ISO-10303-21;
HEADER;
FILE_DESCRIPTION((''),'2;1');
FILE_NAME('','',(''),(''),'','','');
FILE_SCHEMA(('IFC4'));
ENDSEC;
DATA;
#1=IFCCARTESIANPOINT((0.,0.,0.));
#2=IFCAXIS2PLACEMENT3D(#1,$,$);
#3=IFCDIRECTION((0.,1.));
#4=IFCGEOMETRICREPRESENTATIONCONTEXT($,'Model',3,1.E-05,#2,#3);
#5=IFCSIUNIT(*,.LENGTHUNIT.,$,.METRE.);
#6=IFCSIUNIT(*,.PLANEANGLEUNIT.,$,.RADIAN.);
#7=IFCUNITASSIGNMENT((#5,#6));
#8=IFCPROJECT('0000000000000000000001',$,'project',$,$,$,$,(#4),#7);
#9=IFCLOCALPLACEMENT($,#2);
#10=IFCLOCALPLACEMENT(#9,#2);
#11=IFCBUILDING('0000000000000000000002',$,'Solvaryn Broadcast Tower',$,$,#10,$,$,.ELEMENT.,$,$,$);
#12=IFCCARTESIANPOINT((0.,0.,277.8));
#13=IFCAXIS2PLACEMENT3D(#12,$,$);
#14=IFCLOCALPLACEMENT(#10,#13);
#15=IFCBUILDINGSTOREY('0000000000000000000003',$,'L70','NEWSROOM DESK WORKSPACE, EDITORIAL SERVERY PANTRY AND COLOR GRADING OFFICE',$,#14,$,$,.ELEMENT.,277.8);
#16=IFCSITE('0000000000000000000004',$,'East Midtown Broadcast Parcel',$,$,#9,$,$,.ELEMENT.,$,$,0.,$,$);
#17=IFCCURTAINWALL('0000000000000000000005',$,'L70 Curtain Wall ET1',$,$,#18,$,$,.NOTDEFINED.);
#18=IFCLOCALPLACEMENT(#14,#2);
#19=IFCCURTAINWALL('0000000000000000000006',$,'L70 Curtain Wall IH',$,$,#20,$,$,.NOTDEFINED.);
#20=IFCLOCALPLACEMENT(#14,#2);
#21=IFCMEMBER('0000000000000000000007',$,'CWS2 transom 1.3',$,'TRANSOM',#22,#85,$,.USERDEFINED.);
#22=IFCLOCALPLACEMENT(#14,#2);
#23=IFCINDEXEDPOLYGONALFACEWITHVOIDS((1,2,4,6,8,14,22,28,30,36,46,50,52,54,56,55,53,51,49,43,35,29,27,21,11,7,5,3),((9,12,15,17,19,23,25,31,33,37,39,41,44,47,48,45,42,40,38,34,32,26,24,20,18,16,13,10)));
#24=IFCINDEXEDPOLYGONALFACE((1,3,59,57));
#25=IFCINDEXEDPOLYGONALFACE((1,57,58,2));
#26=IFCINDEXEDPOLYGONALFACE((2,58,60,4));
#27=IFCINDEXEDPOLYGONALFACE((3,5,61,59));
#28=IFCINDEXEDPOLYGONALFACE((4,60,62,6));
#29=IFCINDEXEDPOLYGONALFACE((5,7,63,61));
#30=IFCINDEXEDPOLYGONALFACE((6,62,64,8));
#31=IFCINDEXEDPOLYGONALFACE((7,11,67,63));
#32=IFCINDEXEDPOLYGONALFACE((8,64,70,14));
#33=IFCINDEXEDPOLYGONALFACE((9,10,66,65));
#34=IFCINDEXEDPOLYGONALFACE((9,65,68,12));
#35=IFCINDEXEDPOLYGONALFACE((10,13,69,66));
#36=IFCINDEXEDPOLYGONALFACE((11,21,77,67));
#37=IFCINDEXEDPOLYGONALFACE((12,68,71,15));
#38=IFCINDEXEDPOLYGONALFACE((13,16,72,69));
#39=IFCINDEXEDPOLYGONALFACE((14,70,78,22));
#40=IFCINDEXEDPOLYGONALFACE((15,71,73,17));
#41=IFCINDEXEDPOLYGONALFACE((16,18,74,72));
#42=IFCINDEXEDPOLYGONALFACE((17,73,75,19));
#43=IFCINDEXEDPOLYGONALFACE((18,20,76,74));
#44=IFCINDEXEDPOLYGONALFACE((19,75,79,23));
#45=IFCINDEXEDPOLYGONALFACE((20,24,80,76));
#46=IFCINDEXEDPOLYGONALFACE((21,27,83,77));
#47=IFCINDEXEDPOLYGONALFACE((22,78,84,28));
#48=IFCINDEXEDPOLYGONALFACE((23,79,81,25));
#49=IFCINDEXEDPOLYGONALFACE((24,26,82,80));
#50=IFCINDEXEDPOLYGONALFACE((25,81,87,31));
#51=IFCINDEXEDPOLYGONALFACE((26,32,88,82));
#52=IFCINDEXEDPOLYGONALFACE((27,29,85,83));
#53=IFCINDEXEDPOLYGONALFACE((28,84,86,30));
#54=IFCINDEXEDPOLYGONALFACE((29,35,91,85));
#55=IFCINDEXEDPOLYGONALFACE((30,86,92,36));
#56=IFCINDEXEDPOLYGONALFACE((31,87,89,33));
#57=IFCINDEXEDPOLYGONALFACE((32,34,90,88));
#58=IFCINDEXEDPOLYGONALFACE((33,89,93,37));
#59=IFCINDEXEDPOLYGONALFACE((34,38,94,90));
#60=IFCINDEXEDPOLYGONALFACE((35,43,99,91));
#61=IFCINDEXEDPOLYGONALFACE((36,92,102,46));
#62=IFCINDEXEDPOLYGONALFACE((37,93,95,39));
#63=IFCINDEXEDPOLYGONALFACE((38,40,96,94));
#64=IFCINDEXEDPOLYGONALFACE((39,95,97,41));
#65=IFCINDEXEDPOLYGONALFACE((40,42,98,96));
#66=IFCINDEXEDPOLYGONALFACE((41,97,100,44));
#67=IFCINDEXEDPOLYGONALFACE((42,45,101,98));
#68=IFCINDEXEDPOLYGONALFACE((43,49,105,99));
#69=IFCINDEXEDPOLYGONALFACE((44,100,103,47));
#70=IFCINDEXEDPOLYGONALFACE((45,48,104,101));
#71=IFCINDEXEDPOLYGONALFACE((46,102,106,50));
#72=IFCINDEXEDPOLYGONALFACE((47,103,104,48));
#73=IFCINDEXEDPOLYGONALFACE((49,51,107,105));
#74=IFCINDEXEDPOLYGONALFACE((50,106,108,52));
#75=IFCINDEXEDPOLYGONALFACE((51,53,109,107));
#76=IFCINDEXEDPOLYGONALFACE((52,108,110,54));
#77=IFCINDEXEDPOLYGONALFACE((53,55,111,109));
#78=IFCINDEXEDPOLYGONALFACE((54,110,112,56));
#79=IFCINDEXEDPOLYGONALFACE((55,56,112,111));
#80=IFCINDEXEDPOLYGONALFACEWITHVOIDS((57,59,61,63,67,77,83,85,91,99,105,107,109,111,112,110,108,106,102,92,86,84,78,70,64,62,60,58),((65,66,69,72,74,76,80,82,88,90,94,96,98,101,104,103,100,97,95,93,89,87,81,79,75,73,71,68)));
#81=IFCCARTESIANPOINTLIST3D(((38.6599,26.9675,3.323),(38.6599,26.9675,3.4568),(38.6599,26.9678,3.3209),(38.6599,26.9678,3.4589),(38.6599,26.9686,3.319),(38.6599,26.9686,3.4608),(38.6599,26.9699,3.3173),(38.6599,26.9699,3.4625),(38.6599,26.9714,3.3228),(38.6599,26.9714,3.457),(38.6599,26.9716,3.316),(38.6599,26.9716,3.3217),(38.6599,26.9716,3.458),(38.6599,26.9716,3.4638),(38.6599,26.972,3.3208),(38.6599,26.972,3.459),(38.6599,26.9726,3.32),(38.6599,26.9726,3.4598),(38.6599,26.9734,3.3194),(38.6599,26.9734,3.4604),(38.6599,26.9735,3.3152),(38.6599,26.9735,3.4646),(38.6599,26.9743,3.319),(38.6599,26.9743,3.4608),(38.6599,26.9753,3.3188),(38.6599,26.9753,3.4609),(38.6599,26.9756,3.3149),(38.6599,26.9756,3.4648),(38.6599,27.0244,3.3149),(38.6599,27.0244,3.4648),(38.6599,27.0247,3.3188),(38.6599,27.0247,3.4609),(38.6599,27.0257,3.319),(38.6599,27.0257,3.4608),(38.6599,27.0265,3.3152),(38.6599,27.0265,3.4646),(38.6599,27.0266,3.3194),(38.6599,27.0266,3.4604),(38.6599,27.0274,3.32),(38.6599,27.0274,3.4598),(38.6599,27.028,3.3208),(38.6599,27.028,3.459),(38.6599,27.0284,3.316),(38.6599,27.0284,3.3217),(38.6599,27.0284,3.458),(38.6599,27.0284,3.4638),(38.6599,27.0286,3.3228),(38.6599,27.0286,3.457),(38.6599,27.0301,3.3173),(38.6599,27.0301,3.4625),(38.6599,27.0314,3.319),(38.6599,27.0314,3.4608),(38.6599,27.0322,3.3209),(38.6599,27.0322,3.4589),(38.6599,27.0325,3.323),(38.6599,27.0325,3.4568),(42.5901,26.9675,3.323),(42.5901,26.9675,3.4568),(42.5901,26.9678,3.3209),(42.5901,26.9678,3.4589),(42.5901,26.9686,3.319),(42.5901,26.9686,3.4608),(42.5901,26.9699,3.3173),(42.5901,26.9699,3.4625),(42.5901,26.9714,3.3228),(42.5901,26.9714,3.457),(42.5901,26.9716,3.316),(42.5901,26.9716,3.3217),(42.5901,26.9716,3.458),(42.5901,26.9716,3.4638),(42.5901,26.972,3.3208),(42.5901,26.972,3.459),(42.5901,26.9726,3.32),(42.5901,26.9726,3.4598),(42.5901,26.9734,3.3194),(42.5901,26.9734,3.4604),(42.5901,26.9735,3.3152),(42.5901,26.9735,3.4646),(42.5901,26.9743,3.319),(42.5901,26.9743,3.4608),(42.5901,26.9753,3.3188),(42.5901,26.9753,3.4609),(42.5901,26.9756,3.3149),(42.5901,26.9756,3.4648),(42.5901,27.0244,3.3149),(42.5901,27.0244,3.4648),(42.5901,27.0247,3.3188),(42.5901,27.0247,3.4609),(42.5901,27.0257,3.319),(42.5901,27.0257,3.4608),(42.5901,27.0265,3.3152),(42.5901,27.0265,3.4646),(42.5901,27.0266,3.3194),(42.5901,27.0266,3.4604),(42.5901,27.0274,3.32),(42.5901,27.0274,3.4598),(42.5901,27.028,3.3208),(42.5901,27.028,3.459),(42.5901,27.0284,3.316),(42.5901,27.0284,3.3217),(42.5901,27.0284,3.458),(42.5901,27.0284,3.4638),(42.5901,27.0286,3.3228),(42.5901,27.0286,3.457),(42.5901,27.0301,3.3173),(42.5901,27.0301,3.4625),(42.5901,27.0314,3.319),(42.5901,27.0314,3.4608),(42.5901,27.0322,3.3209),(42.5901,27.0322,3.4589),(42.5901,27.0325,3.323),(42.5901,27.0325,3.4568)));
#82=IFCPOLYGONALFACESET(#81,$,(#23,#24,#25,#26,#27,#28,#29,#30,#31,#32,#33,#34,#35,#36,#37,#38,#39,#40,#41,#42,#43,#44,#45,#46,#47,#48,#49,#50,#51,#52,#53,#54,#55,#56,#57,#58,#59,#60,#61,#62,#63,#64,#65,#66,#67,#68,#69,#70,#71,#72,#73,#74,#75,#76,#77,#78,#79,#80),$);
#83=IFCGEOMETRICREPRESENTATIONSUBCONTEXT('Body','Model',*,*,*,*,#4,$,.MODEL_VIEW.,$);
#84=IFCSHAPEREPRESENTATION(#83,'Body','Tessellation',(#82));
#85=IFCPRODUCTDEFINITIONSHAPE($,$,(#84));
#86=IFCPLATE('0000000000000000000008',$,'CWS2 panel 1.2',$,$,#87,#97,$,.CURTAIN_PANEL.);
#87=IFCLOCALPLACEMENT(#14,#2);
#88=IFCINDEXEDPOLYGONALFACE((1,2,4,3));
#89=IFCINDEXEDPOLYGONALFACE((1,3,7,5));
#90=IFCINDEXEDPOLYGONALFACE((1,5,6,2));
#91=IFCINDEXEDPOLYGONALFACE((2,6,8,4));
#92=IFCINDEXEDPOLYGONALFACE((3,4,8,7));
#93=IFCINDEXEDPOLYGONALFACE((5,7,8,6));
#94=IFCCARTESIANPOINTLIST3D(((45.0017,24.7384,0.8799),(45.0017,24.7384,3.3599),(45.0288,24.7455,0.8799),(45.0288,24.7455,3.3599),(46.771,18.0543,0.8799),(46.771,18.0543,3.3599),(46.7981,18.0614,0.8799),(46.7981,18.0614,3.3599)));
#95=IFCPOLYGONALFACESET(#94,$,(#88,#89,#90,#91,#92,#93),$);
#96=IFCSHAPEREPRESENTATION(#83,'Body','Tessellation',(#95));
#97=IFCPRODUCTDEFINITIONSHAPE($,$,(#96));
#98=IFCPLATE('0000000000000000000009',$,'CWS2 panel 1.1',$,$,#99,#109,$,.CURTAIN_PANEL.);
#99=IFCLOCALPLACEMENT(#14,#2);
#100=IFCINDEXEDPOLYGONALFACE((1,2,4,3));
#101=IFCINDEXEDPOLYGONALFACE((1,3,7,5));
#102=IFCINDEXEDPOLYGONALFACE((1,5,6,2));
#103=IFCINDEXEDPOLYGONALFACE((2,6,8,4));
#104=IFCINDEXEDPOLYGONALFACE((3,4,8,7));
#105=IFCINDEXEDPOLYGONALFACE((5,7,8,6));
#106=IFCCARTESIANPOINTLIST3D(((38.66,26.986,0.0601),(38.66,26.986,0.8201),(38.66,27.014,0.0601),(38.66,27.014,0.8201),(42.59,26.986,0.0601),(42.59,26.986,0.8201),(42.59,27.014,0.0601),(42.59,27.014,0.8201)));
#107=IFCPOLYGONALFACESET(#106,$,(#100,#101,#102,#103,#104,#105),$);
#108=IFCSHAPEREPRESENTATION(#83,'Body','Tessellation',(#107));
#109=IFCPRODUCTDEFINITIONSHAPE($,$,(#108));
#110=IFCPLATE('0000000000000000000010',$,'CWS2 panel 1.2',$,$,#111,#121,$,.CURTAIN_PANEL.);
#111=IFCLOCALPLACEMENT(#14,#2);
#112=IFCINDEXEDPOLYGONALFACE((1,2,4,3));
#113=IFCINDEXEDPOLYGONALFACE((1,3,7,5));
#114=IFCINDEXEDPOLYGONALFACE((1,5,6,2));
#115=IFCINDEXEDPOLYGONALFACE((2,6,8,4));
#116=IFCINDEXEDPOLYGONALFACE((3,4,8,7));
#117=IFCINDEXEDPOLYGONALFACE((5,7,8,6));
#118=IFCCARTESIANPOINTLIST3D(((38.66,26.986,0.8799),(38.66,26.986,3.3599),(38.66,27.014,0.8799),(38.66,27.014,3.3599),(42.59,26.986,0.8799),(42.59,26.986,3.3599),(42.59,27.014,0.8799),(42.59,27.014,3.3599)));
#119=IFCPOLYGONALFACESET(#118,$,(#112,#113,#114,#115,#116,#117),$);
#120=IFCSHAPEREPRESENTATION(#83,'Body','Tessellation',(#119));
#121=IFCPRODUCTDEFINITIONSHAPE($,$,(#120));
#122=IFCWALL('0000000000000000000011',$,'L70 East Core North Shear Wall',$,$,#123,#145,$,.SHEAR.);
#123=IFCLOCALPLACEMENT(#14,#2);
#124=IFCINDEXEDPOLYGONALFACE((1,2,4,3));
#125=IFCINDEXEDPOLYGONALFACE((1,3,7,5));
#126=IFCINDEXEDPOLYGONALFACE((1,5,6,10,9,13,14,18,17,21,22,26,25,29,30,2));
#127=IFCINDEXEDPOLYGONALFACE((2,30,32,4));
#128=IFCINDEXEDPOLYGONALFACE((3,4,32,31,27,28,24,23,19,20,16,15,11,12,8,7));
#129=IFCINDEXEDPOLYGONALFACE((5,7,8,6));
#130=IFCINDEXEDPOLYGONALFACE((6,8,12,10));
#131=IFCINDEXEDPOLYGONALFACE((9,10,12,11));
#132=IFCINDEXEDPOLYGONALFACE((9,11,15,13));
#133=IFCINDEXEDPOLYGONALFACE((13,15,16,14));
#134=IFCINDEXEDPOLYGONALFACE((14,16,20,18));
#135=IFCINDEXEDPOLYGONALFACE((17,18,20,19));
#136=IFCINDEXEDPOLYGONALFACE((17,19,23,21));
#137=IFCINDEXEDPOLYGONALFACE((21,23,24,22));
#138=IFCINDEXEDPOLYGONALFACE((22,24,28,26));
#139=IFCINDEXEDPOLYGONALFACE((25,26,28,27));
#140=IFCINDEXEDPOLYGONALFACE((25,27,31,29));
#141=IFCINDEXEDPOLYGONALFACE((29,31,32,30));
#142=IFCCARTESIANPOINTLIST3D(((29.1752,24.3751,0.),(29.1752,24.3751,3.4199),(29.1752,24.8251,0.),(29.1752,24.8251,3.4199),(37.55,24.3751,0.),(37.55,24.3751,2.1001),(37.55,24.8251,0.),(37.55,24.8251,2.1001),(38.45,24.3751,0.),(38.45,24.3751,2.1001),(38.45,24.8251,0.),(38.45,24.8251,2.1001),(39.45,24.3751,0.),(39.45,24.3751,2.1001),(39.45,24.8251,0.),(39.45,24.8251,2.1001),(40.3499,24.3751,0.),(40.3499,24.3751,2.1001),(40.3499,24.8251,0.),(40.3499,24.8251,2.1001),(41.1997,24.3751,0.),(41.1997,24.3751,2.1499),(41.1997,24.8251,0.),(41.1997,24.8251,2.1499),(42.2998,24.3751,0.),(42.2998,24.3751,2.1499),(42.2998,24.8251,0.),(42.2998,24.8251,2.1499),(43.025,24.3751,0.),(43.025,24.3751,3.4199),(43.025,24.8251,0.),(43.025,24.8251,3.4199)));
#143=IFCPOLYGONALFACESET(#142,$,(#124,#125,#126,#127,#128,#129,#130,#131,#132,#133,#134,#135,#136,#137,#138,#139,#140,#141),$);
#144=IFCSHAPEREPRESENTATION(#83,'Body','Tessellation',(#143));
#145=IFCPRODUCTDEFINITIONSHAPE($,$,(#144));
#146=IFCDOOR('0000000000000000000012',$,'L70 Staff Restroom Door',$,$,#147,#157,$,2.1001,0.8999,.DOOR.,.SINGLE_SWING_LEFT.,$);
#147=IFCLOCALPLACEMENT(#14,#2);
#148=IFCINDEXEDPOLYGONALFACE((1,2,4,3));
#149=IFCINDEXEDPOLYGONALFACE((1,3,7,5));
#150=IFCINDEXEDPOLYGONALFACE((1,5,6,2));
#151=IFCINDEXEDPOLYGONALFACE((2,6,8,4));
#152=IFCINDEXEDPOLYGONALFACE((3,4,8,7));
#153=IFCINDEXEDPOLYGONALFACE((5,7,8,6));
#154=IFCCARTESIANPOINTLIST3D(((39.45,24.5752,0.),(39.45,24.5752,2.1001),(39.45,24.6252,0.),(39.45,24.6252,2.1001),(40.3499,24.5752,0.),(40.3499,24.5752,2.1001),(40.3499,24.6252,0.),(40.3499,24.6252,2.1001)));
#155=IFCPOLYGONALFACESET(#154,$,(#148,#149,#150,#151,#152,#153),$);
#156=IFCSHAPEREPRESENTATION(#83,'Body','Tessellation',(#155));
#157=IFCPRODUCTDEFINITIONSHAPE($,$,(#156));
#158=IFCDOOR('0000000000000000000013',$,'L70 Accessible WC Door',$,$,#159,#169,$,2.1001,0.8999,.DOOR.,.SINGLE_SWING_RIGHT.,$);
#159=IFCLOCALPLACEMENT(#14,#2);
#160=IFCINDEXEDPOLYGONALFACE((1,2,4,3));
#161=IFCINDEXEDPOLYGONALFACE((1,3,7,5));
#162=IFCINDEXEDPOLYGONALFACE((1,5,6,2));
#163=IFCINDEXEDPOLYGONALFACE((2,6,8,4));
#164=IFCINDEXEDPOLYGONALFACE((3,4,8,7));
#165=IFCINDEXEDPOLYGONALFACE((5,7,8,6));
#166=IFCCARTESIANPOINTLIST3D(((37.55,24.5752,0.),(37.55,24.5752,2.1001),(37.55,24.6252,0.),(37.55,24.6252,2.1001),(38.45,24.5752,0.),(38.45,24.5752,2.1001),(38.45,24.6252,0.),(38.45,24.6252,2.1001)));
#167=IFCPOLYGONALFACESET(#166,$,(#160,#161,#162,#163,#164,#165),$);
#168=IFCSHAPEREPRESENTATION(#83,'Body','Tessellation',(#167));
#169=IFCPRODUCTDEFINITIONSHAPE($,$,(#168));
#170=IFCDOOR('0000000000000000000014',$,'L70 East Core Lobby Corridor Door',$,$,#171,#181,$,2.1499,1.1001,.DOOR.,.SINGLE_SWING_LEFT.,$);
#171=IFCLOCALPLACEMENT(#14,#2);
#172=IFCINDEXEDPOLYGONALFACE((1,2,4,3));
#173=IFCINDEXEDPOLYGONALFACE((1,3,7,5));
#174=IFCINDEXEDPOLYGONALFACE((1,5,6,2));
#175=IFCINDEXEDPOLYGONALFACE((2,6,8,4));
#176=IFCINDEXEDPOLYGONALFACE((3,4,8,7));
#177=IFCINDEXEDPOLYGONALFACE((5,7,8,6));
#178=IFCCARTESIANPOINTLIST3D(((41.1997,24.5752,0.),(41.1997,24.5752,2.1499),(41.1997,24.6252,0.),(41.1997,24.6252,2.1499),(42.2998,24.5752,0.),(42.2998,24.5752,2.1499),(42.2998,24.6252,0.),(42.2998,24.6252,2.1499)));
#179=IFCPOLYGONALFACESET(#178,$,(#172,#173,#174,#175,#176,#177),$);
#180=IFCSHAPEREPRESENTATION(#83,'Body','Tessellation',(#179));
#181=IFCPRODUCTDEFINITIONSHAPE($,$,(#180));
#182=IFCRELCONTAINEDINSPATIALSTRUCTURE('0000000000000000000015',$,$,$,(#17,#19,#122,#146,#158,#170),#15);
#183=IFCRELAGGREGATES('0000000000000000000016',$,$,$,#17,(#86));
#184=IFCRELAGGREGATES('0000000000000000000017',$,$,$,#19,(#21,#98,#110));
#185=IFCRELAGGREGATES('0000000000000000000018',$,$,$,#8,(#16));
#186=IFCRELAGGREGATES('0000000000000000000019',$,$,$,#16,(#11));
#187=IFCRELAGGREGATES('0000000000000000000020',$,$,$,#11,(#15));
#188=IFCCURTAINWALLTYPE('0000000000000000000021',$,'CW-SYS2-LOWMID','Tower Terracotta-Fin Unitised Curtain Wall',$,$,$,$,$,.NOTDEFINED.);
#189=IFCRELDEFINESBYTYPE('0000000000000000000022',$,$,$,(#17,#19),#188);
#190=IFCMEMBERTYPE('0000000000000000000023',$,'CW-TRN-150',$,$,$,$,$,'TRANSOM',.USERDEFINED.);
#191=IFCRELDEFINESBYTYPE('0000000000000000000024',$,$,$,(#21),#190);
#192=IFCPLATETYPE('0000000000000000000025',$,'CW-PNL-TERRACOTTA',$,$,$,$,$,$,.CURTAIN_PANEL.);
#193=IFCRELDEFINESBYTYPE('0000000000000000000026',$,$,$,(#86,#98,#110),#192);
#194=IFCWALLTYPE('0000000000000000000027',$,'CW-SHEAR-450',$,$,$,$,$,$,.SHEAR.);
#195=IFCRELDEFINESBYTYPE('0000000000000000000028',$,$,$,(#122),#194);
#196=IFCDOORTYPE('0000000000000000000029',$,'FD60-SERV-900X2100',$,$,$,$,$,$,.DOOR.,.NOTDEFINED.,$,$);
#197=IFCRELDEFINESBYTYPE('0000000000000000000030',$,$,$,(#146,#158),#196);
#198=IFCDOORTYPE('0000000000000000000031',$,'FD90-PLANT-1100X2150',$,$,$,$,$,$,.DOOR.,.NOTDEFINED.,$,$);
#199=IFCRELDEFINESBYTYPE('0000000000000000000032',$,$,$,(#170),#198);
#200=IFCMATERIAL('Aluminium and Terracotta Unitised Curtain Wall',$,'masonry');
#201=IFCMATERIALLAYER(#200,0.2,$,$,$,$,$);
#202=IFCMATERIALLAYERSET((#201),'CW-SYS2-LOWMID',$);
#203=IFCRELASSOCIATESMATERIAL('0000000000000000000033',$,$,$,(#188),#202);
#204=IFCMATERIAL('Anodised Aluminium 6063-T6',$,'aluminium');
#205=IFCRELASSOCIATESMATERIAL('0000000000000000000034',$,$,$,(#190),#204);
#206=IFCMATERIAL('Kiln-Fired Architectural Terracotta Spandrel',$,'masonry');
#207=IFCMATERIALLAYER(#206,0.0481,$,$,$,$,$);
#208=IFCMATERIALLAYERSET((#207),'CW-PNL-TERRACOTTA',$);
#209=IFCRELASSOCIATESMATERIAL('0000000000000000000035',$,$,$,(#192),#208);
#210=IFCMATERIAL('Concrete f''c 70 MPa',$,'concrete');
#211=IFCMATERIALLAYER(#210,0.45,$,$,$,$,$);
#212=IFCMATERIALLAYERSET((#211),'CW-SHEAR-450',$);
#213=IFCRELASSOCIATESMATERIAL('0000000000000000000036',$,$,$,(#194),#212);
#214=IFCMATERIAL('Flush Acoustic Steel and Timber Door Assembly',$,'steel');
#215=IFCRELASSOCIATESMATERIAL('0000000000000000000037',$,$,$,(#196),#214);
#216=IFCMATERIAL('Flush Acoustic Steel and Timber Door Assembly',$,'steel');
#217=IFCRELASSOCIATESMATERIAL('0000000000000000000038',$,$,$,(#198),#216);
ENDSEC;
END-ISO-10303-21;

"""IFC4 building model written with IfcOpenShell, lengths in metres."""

from ifc_helpers import new_model, si_unit, direction, frame, frame_2d, origin, origin_2d, place, context, subcontext, project, spatial, rectangle, hollow_rectangle, extrude, material, layer, layer_set, material_profile, profile_set, type_object, element, fill, aggregate, save


model = new_model("IFC4")

# Units and contexts
model_context = context("Model", 3, precision=1e-05, world=origin(), true_north=direction((0.0, 1.0)))
body_context = subcontext(model_context, "Body", "Model", "MODEL_VIEW")
ifc_project = project(units=[si_unit("LENGTHUNIT", "METRE"), si_unit("PLANEANGLEUNIT", "RADIAN")], contexts=[model_context])

# Site, building, storey
site_placement = place(None, origin())
site = spatial("IfcSite", under=ifc_project, at=site_placement, Name="East Midtown Broadcast Parcel", CompositionType="ELEMENT", RefElevation=0.0)
building_placement = place(site_placement, origin())
building = spatial("IfcBuilding", under=site, at=building_placement, Name="Solvaryn Broadcast Tower", CompositionType="ELEMENT")
storey_placement = place(building_placement, frame((0.0, 0.0, 277.8)))
storey = spatial("IfcBuildingStorey", under=building, at=storey_placement, Name="L70", Description="NEWSROOM DESK WORKSPACE, EDITORIAL SERVERY PANTRY AND COLOR GRADING OFFICE", CompositionType="ELEMENT", Elevation=277.8)

# Curtain wall
ifc_material_1 = material(Name="Aluminium and Terracotta Unitised Curtain Wall", Category="masonry")
ifc_layer_1 = layer(ifc_material_1, 0.2)
ifc_layer_set_1 = layer_set([ifc_layer_1], Name="CW-SYS2-LOWMID")
curtain_wall_type = type_object("IfcCurtainWallType", Name="CW-SYS2-LOWMID", Description="Tower Terracotta-Fin Unitised Curtain Wall", PredefinedType="NOTDEFINED", material=ifc_layer_set_1)
curtain_wall_1_placement = place(storey_placement, origin())
curtain_wall_1 = element("IfcCurtainWall", 1, at=curtain_wall_1_placement, inside=storey, type_object=curtain_wall_type, Name="L70 Curtain Wall ET1", PredefinedType="NOTDEFINED")

# Curtain wall
curtain_wall_2_placement = place(storey_placement, origin())
curtain_wall_2 = element("IfcCurtainWall", 2, at=curtain_wall_2_placement, inside=storey, type_object=curtain_wall_type, Name="L70 Curtain Wall IH", PredefinedType="NOTDEFINED")

# Member
ifc_material_2 = material(Name="Anodised Aluminium 6063-T6", Category="aluminium")
ifc_material_profile_1 = material_profile(ifc_material_2, hollow_rectangle(XDim=0.0649, YDim=0.1499, WallThickness=0.0039, InnerFilletRadius=0.0039, OuterFilletRadius=0.0081, at=origin_2d()))
ifc_profile_set_1 = profile_set([ifc_material_profile_1], Name="Anodised Aluminium 6063-T6")
member_type_1 = type_object("IfcMemberType", Name="CW-TRN-150", ElementType="TRANSOM", PredefinedType="USERDEFINED", material=ifc_profile_set_1)
member_1_placement = place(storey_placement, frame((38.6599, 27.0, 3.3899), z_axis=(1.0, 0.0, 0.0), x_axis=(0.0, 1.0, 0.0)))
member_1 = element("IfcMember", 3, at=member_1_placement, type_object=member_type_1, Name="CWS2 transom 1.3", ObjectType="TRANSOM", PredefinedType="USERDEFINED", context=body_context, shape_type="SweptSolid", body=[
    extrude(hollow_rectangle(XDim=0.0649, YDim=0.1499, WallThickness=0.0039, InnerFilletRadius=0.0039, OuterFilletRadius=0.0081, at=origin_2d()), origin(), (0.0, 0.0, 1.0), 3.9302),
])

# Plates
ifc_material_3 = material(Name="Kiln-Fired Architectural Terracotta Spandrel", Category="masonry")
ifc_layer_2 = layer(ifc_material_3, 0.0481)
ifc_layer_set_2 = layer_set([ifc_layer_2], Name="CW-PNL-TERRACOTTA")
plate_type = type_object("IfcPlateType", Name="CW-PNL-TERRACOTTA", PredefinedType="CURTAIN_PANEL", material=ifc_layer_set_2)
plate_1_placement = place(storey_placement, frame((45.8999, 21.3999, 0.8799), z_axis=(0.0, 0.0, 1.0), x_axis=(0.255893, -0.966705, 0.0)))
plate_1 = element("IfcPlate", 4, at=plate_1_placement, type_object=plate_type, Name="CWS2 panel 1.2", PredefinedType="CURTAIN_PANEL", context=body_context, shape_type="SweptSolid", body=[
    extrude(rectangle(XDim=6.9143, YDim=0.0281, at=origin_2d()), origin(), (0.0, 0.0, 1.0), 2.48),
])
aggregate(curtain_wall_1, [plate_1])
plate_2_placement = place(storey_placement, frame((40.625, 27.0, 0.0601), z_axis=(0.0, 0.0, 1.0), x_axis=(1.0, 0.0, 0.0)))
plate_2 = element("IfcPlate", 5, at=plate_2_placement, type_object=plate_type, Name="CWS2 panel 1.1", PredefinedType="CURTAIN_PANEL", context=body_context, shape_type="SweptSolid", body=[
    extrude(rectangle(XDim=3.9299, YDim=0.0281, at=origin_2d()), origin(), (0.0, 0.0, 1.0), 0.76),
])
plate_3_placement = place(storey_placement, frame((40.625, 27.0, 0.8799), z_axis=(0.0, 0.0, 1.0), x_axis=(1.0, 0.0, 0.0)))
plate_3 = element("IfcPlate", 6, at=plate_3_placement, type_object=plate_type, Name="CWS2 panel 1.2", PredefinedType="CURTAIN_PANEL", context=body_context, shape_type="SweptSolid", body=[
    extrude(rectangle(XDim=3.9299, YDim=0.0281, at=origin_2d()), origin(), (0.0, 0.0, 1.0), 2.48),
])
aggregate(curtain_wall_2, [member_1, plate_2, plate_3])

# Wall, openings, doors
ifc_material_4 = material(Name="Concrete f'c 70 MPa", Category="concrete")
ifc_layer_3 = layer(ifc_material_4, 0.45)
ifc_layer_set_3 = layer_set([ifc_layer_3], Name="CW-SHEAR-450")
wall_type_1 = type_object("IfcWallType", Name="CW-SHEAR-450", PredefinedType="SHEAR", material=ifc_layer_set_3)
wall_1_placement = place(storey_placement, frame((43.0249, 24.6001, 0.0), z_axis=(0.0, 0.0, 1.0), x_axis=(-1.0, 0.0, 0.0)))
wall_1 = element("IfcWall", 7, at=wall_1_placement, inside=storey, type_object=wall_type_1, Name="L70 East Core North Shear Wall", PredefinedType="SHEAR", context=body_context, shape_type="SweptSolid", body=[
    extrude(rectangle(XDim=13.8499, YDim=0.45, at=frame_2d((6.9248, 0.0))), origin(), (0.0, 0.0, 1.0), 3.4199),
])
opening_1_placement = place(wall_1_placement, frame((0.7251, 0.0, 0.0)))
opening_1 = element("IfcOpeningElement", 8, at=opening_1_placement, cuts=wall_1, PredefinedType="OPENING", context=body_context, shape_type="SweptSolid", body=[
    extrude(rectangle(XDim=1.1001, YDim=2.1499, at=frame_2d((0.55, 1.075))), frame((0.0, 0.2351, 0.0), z_axis=(0.0, -1.0, 0.0), x_axis=(1.0, 0.0, 0.0)), (0.0, 0.0, 1.0), 0.47),
])
opening_2_placement = place(wall_1_placement, frame((2.675, 0.0, 0.0)))
opening_2 = element("IfcOpeningElement", 9, at=opening_2_placement, cuts=wall_1, PredefinedType="OPENING", context=body_context, shape_type="SweptSolid", body=[
    extrude(rectangle(XDim=0.8999, YDim=2.1001, at=frame_2d((0.45, 1.05))), frame((0.0, 0.2351, 0.0), z_axis=(0.0, -1.0, 0.0), x_axis=(1.0, 0.0, 0.0)), (0.0, 0.0, 1.0), 0.47),
])
opening_3_placement = place(wall_1_placement, frame((4.575, 0.0, 0.0)))
opening_3 = element("IfcOpeningElement", 10, at=opening_3_placement, cuts=wall_1, PredefinedType="OPENING", context=body_context, shape_type="SweptSolid", body=[
    extrude(rectangle(XDim=0.8999, YDim=2.1001, at=frame_2d((0.45, 1.05))), frame((0.0, 0.2351, 0.0), z_axis=(0.0, -1.0, 0.0), x_axis=(1.0, 0.0, 0.0)), (0.0, 0.0, 1.0), 0.47),
])
ifc_material_5 = material(Name="Flush Acoustic Steel and Timber Door Assembly", Category="steel")
door_type_1 = type_object("IfcDoorType", Name="FD60-SERV-900X2100", OperationType="NOTDEFINED", PredefinedType="DOOR", material=ifc_material_5)
door_1_placement = place(opening_2_placement, origin())
door_1 = element("IfcDoor", 11, at=door_1_placement, inside=storey, type_object=door_type_1, Name="L70 Staff Restroom Door", OperationType="SINGLE_SWING_LEFT", OverallHeight=2.1001, OverallWidth=0.8999, PredefinedType="DOOR", context=body_context, shape_type="SweptSolid", body=[
    extrude(rectangle(XDim=0.8999, YDim=2.1001, at=frame_2d((0.45, 1.05))), frame((0.0, 0.0249, 0.0), z_axis=(0.0, -1.0, 0.0), x_axis=(1.0, 0.0, 0.0)), (0.0, 0.0, 1.0), 0.05),
])
fill(opening_2, door_1)
door_2_placement = place(opening_3_placement, origin())
door_2 = element("IfcDoor", 12, at=door_2_placement, inside=storey, type_object=door_type_1, Name="L70 Accessible WC Door", OperationType="SINGLE_SWING_RIGHT", OverallHeight=2.1001, OverallWidth=0.8999, PredefinedType="DOOR", context=body_context, shape_type="SweptSolid", body=[
    extrude(rectangle(XDim=0.8999, YDim=2.1001, at=frame_2d((0.45, 1.05))), frame((0.0, 0.0249, 0.0), z_axis=(0.0, -1.0, 0.0), x_axis=(1.0, 0.0, 0.0)), (0.0, 0.0, 1.0), 0.05),
])
fill(opening_3, door_2)
ifc_material_6 = material(Name="Flush Acoustic Steel and Timber Door Assembly", Category="steel")
door_type_2 = type_object("IfcDoorType", Name="FD90-PLANT-1100X2150", OperationType="NOTDEFINED", PredefinedType="DOOR", material=ifc_material_6)
door_3_placement = place(opening_1_placement, origin())
door_3 = element("IfcDoor", 13, at=door_3_placement, inside=storey, type_object=door_type_2, Name="L70 East Core Lobby Corridor Door", OperationType="SINGLE_SWING_LEFT", OverallHeight=2.1499, OverallWidth=1.1001, PredefinedType="DOOR", context=body_context, shape_type="SweptSolid", body=[
    extrude(rectangle(XDim=1.1001, YDim=2.1499, at=frame_2d((0.55, 1.075))), frame((0.0, 0.0249, 0.0), z_axis=(0.0, -1.0, 0.0), x_axis=(1.0, 0.0, 0.0)), (0.0, 0.0, 1.0), 0.05),
])
fill(opening_1, door_3)

save(model, "model.ifc")
